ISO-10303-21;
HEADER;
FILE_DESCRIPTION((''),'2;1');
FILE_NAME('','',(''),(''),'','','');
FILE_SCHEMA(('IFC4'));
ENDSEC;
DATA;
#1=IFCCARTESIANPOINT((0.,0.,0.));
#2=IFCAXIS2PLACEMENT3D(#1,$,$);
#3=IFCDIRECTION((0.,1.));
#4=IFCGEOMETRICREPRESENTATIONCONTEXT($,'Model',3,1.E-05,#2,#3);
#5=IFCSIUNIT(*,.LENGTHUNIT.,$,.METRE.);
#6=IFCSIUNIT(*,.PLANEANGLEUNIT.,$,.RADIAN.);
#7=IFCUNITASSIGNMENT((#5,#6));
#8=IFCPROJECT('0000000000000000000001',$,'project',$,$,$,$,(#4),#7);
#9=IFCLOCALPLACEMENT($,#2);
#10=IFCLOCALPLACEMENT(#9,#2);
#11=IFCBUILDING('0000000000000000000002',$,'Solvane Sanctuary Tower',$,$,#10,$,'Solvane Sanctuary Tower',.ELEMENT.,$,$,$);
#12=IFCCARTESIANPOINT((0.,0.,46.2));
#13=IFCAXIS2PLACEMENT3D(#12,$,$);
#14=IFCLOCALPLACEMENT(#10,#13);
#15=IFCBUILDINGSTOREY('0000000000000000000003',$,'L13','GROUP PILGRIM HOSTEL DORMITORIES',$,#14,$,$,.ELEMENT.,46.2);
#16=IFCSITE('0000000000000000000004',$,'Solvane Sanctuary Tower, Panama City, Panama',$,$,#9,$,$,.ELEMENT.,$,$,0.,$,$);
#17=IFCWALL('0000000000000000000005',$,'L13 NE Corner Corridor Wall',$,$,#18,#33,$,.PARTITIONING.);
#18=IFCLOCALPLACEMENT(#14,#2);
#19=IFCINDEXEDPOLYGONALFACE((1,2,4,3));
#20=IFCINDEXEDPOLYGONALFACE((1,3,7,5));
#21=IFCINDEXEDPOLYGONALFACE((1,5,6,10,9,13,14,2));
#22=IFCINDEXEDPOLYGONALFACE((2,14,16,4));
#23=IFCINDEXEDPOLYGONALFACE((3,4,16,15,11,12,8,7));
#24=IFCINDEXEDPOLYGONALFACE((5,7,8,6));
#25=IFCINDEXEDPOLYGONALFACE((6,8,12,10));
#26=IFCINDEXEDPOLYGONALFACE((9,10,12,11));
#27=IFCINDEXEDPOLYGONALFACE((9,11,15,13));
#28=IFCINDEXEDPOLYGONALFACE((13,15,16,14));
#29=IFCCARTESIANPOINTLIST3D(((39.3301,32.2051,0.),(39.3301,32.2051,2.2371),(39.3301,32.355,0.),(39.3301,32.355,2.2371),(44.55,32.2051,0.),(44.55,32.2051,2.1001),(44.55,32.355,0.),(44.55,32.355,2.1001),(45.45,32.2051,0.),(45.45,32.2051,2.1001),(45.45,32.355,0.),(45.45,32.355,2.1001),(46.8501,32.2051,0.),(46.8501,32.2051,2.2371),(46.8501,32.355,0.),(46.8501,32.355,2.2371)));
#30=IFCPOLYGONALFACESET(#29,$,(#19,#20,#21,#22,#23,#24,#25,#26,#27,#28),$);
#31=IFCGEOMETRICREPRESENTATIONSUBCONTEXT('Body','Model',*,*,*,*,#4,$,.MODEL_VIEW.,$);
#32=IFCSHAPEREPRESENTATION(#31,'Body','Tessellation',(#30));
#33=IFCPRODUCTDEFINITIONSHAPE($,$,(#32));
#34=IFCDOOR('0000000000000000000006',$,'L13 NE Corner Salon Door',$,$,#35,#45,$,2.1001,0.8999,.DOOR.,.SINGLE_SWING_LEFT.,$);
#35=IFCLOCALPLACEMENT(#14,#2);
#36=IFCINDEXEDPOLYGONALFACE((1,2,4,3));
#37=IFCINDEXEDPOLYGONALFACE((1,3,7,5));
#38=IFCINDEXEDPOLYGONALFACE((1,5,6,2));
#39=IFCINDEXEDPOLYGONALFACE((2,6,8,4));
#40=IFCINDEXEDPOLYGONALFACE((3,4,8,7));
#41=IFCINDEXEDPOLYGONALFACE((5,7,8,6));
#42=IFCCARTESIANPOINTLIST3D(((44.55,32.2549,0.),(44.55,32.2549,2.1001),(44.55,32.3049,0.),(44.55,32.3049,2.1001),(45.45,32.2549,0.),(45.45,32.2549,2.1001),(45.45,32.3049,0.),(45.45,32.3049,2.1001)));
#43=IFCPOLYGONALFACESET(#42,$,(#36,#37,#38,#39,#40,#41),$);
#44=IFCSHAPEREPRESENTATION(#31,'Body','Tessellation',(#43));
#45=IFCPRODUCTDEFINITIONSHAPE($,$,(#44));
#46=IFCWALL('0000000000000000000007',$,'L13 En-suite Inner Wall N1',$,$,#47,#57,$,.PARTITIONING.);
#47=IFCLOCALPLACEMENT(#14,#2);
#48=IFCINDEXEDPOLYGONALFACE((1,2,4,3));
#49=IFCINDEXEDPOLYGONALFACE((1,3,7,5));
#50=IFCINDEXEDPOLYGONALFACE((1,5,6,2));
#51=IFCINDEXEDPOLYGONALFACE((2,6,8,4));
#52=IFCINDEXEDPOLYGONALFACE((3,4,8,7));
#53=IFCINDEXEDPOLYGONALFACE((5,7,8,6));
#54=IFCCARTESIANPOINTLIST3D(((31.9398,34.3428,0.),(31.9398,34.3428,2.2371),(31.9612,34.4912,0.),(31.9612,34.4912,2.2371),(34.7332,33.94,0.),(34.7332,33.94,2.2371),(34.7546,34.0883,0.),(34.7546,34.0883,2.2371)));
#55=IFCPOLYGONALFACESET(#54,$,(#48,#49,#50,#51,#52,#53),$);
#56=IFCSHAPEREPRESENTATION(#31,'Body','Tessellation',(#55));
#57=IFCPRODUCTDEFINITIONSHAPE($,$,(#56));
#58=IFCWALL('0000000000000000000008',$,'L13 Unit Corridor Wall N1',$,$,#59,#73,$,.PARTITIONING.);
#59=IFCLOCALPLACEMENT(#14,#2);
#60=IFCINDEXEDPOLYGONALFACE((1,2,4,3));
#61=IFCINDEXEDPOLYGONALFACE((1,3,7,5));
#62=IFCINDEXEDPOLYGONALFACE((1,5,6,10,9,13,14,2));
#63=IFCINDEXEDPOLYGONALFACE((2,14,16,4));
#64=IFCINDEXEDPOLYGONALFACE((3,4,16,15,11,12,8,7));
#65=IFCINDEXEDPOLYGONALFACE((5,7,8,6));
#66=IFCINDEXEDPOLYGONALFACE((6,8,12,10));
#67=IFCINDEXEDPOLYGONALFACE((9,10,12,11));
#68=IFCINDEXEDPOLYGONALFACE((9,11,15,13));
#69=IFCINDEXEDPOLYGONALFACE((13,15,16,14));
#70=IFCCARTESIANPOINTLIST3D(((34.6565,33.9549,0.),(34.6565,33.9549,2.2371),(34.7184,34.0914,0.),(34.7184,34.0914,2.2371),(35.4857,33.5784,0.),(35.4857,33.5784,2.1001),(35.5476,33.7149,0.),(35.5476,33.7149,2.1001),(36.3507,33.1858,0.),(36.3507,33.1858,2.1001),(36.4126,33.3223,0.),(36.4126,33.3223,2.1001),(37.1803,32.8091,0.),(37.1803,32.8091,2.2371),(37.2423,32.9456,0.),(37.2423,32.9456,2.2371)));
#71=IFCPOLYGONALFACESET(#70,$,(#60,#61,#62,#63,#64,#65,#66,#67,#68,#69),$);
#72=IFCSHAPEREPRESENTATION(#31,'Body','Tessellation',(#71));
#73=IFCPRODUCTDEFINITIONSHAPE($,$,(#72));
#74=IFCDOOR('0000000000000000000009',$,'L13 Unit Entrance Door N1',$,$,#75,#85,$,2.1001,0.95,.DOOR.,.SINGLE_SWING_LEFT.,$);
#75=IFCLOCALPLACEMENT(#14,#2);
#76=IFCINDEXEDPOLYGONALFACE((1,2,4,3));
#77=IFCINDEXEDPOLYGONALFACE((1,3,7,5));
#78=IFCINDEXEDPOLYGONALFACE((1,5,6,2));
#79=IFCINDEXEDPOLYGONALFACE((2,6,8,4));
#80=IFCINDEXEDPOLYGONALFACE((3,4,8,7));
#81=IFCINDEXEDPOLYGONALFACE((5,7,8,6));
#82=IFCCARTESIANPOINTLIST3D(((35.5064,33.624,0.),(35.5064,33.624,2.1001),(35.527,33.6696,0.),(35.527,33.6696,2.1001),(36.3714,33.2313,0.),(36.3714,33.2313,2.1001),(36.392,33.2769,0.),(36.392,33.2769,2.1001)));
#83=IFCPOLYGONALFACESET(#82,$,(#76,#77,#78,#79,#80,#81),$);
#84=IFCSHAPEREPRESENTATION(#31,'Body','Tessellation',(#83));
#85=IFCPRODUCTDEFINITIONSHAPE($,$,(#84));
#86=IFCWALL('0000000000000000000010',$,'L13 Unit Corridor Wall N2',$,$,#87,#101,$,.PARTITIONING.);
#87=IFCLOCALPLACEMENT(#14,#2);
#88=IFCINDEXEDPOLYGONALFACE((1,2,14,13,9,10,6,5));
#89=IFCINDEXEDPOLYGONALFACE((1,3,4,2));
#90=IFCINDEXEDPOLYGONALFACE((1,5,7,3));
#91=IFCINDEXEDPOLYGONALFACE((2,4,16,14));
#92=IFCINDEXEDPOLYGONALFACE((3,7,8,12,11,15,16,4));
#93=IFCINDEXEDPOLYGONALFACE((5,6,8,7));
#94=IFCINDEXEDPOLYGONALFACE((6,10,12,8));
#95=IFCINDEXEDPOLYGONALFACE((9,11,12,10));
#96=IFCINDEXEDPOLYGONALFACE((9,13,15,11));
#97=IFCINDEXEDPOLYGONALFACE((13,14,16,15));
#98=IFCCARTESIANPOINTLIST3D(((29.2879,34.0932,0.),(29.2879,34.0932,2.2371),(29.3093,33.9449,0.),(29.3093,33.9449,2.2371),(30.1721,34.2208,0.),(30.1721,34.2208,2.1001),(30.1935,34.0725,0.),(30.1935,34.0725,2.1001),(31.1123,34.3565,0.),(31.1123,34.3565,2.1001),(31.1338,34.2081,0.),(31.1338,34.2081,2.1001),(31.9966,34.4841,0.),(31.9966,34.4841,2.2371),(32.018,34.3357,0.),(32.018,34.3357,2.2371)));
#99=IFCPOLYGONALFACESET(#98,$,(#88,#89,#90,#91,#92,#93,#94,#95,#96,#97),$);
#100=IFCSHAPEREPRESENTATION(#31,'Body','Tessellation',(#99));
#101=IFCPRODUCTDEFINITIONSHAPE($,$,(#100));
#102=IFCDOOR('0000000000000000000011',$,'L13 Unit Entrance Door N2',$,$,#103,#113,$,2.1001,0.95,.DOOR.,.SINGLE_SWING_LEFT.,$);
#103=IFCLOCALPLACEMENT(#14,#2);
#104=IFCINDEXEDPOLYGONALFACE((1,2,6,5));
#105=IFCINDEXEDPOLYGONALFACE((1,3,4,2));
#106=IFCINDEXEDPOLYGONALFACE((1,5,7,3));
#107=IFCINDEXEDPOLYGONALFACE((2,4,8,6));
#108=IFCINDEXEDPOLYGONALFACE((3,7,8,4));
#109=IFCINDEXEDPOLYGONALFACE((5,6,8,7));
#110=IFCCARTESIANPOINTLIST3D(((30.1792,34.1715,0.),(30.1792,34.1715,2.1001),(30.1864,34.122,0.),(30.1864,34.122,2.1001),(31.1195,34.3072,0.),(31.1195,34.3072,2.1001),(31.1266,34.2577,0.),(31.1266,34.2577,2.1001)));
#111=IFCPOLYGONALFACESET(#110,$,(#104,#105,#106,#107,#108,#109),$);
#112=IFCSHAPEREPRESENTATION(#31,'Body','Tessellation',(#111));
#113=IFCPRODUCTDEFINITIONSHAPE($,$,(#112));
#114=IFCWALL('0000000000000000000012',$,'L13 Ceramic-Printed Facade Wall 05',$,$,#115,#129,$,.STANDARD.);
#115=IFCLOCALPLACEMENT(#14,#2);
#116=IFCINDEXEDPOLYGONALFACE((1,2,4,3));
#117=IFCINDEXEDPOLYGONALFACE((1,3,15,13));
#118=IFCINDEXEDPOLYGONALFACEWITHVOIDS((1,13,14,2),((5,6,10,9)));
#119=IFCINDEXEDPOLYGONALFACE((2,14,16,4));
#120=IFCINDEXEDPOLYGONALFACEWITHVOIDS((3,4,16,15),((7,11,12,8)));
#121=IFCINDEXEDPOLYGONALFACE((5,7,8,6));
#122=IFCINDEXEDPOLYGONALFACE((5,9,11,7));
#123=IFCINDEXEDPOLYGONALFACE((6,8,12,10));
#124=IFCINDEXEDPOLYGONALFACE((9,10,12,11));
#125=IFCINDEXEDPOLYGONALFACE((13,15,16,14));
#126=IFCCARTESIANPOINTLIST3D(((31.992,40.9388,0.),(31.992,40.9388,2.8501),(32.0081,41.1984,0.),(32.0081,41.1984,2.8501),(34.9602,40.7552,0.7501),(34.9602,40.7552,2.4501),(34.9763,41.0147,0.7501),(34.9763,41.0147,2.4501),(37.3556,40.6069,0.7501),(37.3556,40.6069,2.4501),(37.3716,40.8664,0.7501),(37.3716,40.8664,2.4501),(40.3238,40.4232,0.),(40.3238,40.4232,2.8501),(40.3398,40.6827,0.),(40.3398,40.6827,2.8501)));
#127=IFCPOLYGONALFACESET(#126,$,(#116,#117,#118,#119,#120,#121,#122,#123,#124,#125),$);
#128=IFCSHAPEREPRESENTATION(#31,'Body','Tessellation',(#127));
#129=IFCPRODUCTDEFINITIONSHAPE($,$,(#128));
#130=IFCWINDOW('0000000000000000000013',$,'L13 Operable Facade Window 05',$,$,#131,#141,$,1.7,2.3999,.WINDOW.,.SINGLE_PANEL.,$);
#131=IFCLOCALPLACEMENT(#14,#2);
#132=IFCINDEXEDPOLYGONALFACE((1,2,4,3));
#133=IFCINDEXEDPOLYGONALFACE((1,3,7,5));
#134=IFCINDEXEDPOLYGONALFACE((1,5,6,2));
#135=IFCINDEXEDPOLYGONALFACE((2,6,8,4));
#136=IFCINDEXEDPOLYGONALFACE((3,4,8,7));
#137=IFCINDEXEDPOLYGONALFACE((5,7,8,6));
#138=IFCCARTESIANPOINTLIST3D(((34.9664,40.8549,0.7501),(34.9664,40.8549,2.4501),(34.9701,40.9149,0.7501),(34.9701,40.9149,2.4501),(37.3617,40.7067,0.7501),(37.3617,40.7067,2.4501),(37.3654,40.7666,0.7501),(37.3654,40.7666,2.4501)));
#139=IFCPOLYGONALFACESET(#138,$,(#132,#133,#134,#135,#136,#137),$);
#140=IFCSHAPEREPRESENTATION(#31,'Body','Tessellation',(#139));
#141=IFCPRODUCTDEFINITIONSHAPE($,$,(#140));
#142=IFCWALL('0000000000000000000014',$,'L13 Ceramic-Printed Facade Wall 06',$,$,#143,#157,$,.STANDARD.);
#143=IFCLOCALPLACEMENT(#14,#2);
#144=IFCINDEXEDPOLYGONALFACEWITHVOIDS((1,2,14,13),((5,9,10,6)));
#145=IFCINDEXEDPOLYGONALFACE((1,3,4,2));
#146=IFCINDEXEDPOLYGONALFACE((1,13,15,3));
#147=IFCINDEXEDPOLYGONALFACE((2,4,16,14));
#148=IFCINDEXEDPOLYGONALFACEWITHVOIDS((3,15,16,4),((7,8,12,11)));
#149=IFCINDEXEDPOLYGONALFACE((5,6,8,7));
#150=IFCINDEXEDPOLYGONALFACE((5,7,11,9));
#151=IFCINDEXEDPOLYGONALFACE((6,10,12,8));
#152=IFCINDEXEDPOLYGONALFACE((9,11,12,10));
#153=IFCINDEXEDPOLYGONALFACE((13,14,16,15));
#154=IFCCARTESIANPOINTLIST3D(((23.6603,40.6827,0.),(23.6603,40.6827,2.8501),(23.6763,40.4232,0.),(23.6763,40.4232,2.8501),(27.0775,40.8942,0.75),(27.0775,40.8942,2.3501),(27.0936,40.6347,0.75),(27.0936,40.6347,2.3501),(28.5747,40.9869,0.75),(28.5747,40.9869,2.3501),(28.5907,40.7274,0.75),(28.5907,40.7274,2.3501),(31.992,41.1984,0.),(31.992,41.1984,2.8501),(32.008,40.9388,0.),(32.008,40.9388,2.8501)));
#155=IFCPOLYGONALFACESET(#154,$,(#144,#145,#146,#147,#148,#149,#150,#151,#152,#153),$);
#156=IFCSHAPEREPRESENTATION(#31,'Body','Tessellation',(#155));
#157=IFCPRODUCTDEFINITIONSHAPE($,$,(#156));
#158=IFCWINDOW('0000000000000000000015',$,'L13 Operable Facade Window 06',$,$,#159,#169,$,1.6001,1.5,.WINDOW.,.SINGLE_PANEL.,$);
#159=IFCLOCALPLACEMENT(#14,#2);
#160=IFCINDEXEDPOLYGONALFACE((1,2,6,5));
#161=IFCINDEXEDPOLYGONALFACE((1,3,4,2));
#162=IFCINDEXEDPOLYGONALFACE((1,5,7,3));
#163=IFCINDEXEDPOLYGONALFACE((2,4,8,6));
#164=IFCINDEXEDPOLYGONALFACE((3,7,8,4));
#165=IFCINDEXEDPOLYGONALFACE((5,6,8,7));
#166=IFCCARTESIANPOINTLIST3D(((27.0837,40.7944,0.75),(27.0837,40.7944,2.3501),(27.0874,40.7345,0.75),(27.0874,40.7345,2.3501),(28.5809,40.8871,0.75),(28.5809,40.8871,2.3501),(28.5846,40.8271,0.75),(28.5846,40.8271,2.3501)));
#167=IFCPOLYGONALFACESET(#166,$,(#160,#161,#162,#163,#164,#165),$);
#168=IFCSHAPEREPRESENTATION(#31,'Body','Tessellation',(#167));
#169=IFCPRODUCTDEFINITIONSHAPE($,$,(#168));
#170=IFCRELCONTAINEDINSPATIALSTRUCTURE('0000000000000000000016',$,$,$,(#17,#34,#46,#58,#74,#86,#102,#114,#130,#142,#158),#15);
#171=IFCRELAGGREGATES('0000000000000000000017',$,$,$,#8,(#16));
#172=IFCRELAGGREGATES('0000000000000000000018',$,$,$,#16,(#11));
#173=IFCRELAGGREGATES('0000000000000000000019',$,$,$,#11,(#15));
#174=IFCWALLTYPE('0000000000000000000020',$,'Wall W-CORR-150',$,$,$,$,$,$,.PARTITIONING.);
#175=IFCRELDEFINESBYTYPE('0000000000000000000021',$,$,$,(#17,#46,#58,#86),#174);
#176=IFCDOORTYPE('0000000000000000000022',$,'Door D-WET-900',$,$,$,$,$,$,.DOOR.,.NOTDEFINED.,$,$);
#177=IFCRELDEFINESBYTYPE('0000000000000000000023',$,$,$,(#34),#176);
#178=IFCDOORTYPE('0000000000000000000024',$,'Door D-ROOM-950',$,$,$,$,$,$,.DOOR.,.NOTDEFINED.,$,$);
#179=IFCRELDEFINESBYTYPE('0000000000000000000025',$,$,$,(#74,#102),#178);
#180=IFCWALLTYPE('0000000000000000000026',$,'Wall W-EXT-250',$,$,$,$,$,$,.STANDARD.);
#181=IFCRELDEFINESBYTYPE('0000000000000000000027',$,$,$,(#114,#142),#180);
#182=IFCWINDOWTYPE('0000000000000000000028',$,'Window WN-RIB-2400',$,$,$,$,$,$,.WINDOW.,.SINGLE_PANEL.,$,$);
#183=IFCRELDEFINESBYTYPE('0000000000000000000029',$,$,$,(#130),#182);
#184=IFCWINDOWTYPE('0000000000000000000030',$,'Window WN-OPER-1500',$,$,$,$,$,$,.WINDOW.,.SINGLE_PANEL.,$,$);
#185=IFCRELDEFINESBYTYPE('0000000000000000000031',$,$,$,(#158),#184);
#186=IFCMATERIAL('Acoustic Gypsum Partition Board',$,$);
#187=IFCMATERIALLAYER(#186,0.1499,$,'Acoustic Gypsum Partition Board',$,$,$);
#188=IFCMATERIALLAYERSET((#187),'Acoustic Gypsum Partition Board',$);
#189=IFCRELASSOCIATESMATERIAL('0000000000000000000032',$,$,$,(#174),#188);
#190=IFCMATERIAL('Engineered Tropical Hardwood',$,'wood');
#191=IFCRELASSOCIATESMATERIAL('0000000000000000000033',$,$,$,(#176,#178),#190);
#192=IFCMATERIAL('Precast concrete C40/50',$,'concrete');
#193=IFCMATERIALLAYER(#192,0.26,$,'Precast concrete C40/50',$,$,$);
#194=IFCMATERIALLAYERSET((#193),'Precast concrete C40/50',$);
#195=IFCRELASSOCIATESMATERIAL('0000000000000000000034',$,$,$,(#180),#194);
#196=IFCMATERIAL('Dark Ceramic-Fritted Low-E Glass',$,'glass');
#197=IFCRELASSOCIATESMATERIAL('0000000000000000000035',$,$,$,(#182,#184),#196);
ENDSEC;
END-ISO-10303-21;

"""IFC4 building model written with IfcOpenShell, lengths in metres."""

from ifc_helpers import new_model, si_unit, direction, frame, frame_2d, origin, place, context, subcontext, project, spatial, rectangle, extrude, material, layer, layer_set, type_object, element, fill, save


model = new_model("IFC4")

# Units and contexts
model_context = context("Model", 3, precision=1e-05, world=origin(), true_north=direction((0.0, 1.0)))
body_context = subcontext(model_context, "Body", "Model", "MODEL_VIEW")
ifc_project = project(units=[si_unit("LENGTHUNIT", "METRE"), si_unit("PLANEANGLEUNIT", "RADIAN")], contexts=[model_context])

# Site, building, storey
site_placement = place(None, origin())
site = spatial("IfcSite", under=ifc_project, at=site_placement, Name="Solvane Sanctuary Tower, Panama City, Panama", CompositionType="ELEMENT", RefElevation=0.0)
building_placement = place(site_placement, origin())
building = spatial("IfcBuilding", under=site, at=building_placement, Name="Solvane Sanctuary Tower", LongName="Solvane Sanctuary Tower", CompositionType="ELEMENT")
storey_placement = place(building_placement, frame((0.0, 0.0, 46.2)))
storey = spatial("IfcBuildingStorey", under=building, at=storey_placement, Name="L13", Description="GROUP PILGRIM HOSTEL DORMITORIES", CompositionType="ELEMENT", Elevation=46.2)

# Shared definitions
ifc_material_1 = material(Name="Acoustic Gypsum Partition Board")
ifc_layer_1 = layer(ifc_material_1, 0.1499, Name="Acoustic Gypsum Partition Board")
ifc_layer_set_1 = layer_set([ifc_layer_1], Name="Acoustic Gypsum Partition Board")
wall_type_1 = type_object("IfcWallType", Name="Wall W-CORR-150", PredefinedType="PARTITIONING", material=ifc_layer_set_1)

# Wall, opening, door
wall_1_placement = place(storey_placement, frame((39.3301, 32.28, 0.0), z_axis=(0.0, 0.0, 1.0), x_axis=(1.0, 0.0, 0.0)))
wall_1 = element("IfcWall", 1, at=wall_1_placement, inside=storey, type_object=wall_type_1, Name="L13 NE Corner Corridor Wall", PredefinedType="PARTITIONING", context=body_context, shape_type="SweptSolid", body=[
    extrude(rectangle(XDim=7.52, YDim=0.1499, at=frame_2d((3.76, 0.0))), origin(), (0.0, 0.0, 1.0), 2.2371),
])
opening_1_placement = place(wall_1_placement, frame((5.22, 0.0, 0.0)))
opening_1 = element("IfcOpeningElement", 2, at=opening_1_placement, cuts=wall_1, PredefinedType="OPENING", context=body_context, shape_type="SweptSolid", body=[
    extrude(rectangle(XDim=0.8999, YDim=2.1001, at=frame_2d((0.45, 1.05))), frame((0.0, 0.085, 0.0), z_axis=(0.0, -1.0, 0.0), x_axis=(1.0, 0.0, 0.0)), (0.0, 0.0, 1.0), 0.1699),
])
ifc_material_2 = material(Name="Engineered Tropical Hardwood", Category="wood")
door_type_1 = type_object("IfcDoorType", Name="Door D-WET-900", OperationType="NOTDEFINED", PredefinedType="DOOR", material=ifc_material_2)
door_1_placement = place(opening_1_placement, origin())
door_1 = element("IfcDoor", 3, at=door_1_placement, inside=storey, type_object=door_type_1, Name="L13 NE Corner Salon Door", OperationType="SINGLE_SWING_LEFT", OverallHeight=2.1001, OverallWidth=0.8999, PredefinedType="DOOR", context=body_context, shape_type="SweptSolid", body=[
    extrude(rectangle(XDim=0.8999, YDim=2.1001, at=frame_2d((0.45, 1.05))), frame((0.0, 0.0249, 0.0), z_axis=(0.0, -1.0, 0.0), x_axis=(1.0, 0.0, 0.0)), (0.0, 0.0, 1.0), 0.05),
])
fill(opening_1, door_1)

# Wall
wall_2_placement = place(storey_placement, frame((34.7439, 34.0142, 0.0), z_axis=(0.0, 0.0, 1.0), x_axis=(-0.989762, 0.142729, 0.0)))
element("IfcWall", 4, at=wall_2_placement, inside=storey, type_object=wall_type_1, Name="L13 En-suite Inner Wall N1", PredefinedType="PARTITIONING", context=body_context, shape_type="SweptSolid", body=[
    extrude(rectangle(XDim=2.8223, YDim=0.1499, at=frame_2d((1.4111, 0.0))), origin(), (0.0, 0.0, 1.0), 2.2371),
])

# Walls, openings, doors
wall_3_placement = place(storey_placement, frame((37.2112, 32.8774, 0.0), z_axis=(0.0, 0.0, 1.0), x_axis=(-0.910568, 0.413358, 0.0)))
wall_3 = element("IfcWall", 5, at=wall_3_placement, inside=storey, type_object=wall_type_1, Name="L13 Unit Corridor Wall N1", PredefinedType="PARTITIONING", context=body_context, shape_type="SweptSolid", body=[
    extrude(rectangle(XDim=2.7717, YDim=0.1499, at=frame_2d((1.3857, 0.0))), origin(), (0.0, 0.0, 1.0), 2.2371),
])
opening_2_placement = place(wall_3_placement, frame((0.9109, 0.0, 0.0)))
opening_2 = element("IfcOpeningElement", 6, at=opening_2_placement, cuts=wall_3, PredefinedType="OPENING", context=body_context, shape_type="SweptSolid", body=[
    extrude(rectangle(XDim=0.95, YDim=2.1001, at=frame_2d((0.4751, 1.05))), frame((0.0, 0.085, 0.0), z_axis=(0.0, -1.0, 0.0), x_axis=(1.0, 0.0, 0.0)), (0.0, 0.0, 1.0), 0.1699),
])
door_type_2 = type_object("IfcDoorType", Name="Door D-ROOM-950", OperationType="NOTDEFINED", PredefinedType="DOOR", material=ifc_material_2)
door_2_placement = place(opening_2_placement, origin())
door_2 = element("IfcDoor", 7, at=door_2_placement, inside=storey, type_object=door_type_2, Name="L13 Unit Entrance Door N1", OperationType="SINGLE_SWING_LEFT", OverallHeight=2.1001, OverallWidth=0.95, PredefinedType="DOOR", context=body_context, shape_type="SweptSolid", body=[
    extrude(rectangle(XDim=0.95, YDim=2.1001, at=frame_2d((0.4751, 1.05))), frame((0.0, 0.0249, 0.0), z_axis=(0.0, -1.0, 0.0), x_axis=(1.0, 0.0, 0.0)), (0.0, 0.0, 1.0), 0.05),
])
fill(opening_2, door_2)
wall_4_placement = place(storey_placement, frame((32.0073, 34.4099, 0.0), z_axis=(0.0, 0.0, 1.0), x_axis=(-0.989749, -0.14282, 0.0)))
wall_4 = element("IfcWall", 8, at=wall_4_placement, inside=storey, type_object=wall_type_1, Name="L13 Unit Corridor Wall N2", PredefinedType="PARTITIONING", context=body_context, shape_type="SweptSolid", body=[
    extrude(rectangle(XDim=2.7368, YDim=0.1499, at=frame_2d((1.3684, 0.0))), origin(), (0.0, 0.0, 1.0), 2.2371),
])
opening_3_placement = place(wall_4_placement, frame((0.8933, 0.0, 0.0)))
opening_3 = element("IfcOpeningElement", 9, at=opening_3_placement, cuts=wall_4, PredefinedType="OPENING", context=body_context, shape_type="SweptSolid", body=[
    extrude(rectangle(XDim=0.95, YDim=2.1001, at=frame_2d((0.4751, 1.05))), frame((0.0, 0.085, 0.0), z_axis=(0.0, -1.0, 0.0), x_axis=(1.0, 0.0, 0.0)), (0.0, 0.0, 1.0), 0.1699),
])
door_3_placement = place(opening_3_placement, origin())
door_3 = element("IfcDoor", 10, at=door_3_placement, inside=storey, type_object=door_type_2, Name="L13 Unit Entrance Door N2", OperationType="SINGLE_SWING_LEFT", OverallHeight=2.1001, OverallWidth=0.95, PredefinedType="DOOR", context=body_context, shape_type="SweptSolid", body=[
    extrude(rectangle(XDim=0.95, YDim=2.1001, at=frame_2d((0.4751, 1.05))), frame((0.0, 0.0249, 0.0), z_axis=(0.0, -1.0, 0.0), x_axis=(1.0, 0.0, 0.0)), (0.0, 0.0, 1.0), 0.05),
])
fill(opening_3, door_3)

# Walls, openings, windows
ifc_material_3 = material(Name="Precast concrete C40/50", Category="concrete")
ifc_layer_2 = layer(ifc_material_3, 0.26, Name="Precast concrete C40/50")
ifc_layer_set_2 = layer_set([ifc_layer_2], Name="Precast concrete C40/50")
wall_type_2 = type_object("IfcWallType", Name="Wall W-EXT-250", PredefinedType="STANDARD", material=ifc_layer_set_2)
wall_5_placement = place(storey_placement, frame((40.3318, 40.553, 0.0), z_axis=(0.0, 0.0, 1.0), x_axis=(-0.998091, 0.061768, 0.0)))
wall_5 = element("IfcWall", 11, at=wall_5_placement, inside=storey, type_object=wall_type_2, Name="L13 Ceramic-Printed Facade Wall 05", PredefinedType="STANDARD", context=body_context, shape_type="SweptSolid", body=[
    extrude(rectangle(XDim=8.3477, YDim=0.26, at=frame_2d((4.1738, 0.0))), origin(), (0.0, 0.0, 1.0), 2.8501),
])
opening_4_placement = place(wall_5_placement, frame((2.9739, 0.0, 0.75)))
opening_4 = element("IfcOpeningElement", 12, at=opening_4_placement, cuts=wall_5, PredefinedType="OPENING", context=body_context, shape_type="SweptSolid", body=[
    extrude(rectangle(XDim=2.3999, YDim=1.7, at=frame_2d((1.2, 0.8501))), frame((0.0, 0.1399, 0.0), z_axis=(0.0, -1.0, 0.0), x_axis=(1.0, 0.0, 0.0)), (0.0, 0.0, 1.0), 0.28),
])
ifc_material_4 = material(Name="Dark Ceramic-Fritted Low-E Glass", Category="glass")
window_type_1 = type_object("IfcWindowType", Name="Window WN-RIB-2400", PartitioningType="SINGLE_PANEL", PredefinedType="WINDOW", material=ifc_material_4)
window_1_placement = place(opening_4_placement, origin())
window_1 = element("IfcWindow", 13, at=window_1_placement, inside=storey, type_object=window_type_1, Name="L13 Operable Facade Window 05", OverallHeight=1.7, OverallWidth=2.3999, PartitioningType="SINGLE_PANEL", PredefinedType="WINDOW", context=body_context, shape_type="SweptSolid", body=[
    extrude(rectangle(XDim=2.3999, YDim=1.7, at=frame_2d((1.2, 0.8501))), frame((0.0, 0.03, 0.0), z_axis=(0.0, -1.0, 0.0), x_axis=(1.0, 0.0, 0.0)), (0.0, 0.0, 1.0), 0.0601),
])
fill(opening_4, window_1)
wall_6_placement = place(storey_placement, frame((32.0, 41.0686, 0.0), z_axis=(0.0, 0.0, 1.0), x_axis=(-0.998091, -0.061768, 0.0)))
wall_6 = element("IfcWall", 14, at=wall_6_placement, inside=storey, type_object=wall_type_2, Name="L13 Ceramic-Printed Facade Wall 06", PredefinedType="STANDARD", context=body_context, shape_type="SweptSolid", body=[
    extrude(rectangle(XDim=8.3477, YDim=0.26, at=frame_2d((4.1738, 0.0))), origin(), (0.0, 0.0, 1.0), 2.8501),
])
opening_5_placement = place(wall_6_placement, frame((3.4238, 0.0, 0.75)))
opening_5 = element("IfcOpeningElement", 15, at=opening_5_placement, cuts=wall_6, PredefinedType="OPENING", context=body_context, shape_type="SweptSolid", body=[
    extrude(rectangle(XDim=1.5, YDim=1.6001, at=frame_2d((0.75, 0.8))), frame((0.0, 0.1399, 0.0), z_axis=(0.0, -1.0, 0.0), x_axis=(1.0, 0.0, 0.0)), (0.0, 0.0, 1.0), 0.28),
])
window_type_2 = type_object("IfcWindowType", Name="Window WN-OPER-1500", PartitioningType="SINGLE_PANEL", PredefinedType="WINDOW", material=ifc_material_4)
window_2_placement = place(opening_5_placement, origin())
window_2 = element("IfcWindow", 16, at=window_2_placement, inside=storey, type_object=window_type_2, Name="L13 Operable Facade Window 06", OverallHeight=1.6001, OverallWidth=1.5, PartitioningType="SINGLE_PANEL", PredefinedType="WINDOW", context=body_context, shape_type="SweptSolid", body=[
    extrude(rectangle(XDim=1.5, YDim=1.6001, at=frame_2d((0.75, 0.8))), frame((0.0, 0.03, 0.0), z_axis=(0.0, -1.0, 0.0), x_axis=(1.0, 0.0, 0.0)), (0.0, 0.0, 1.0), 0.0601),
])
fill(opening_5, window_2)

save(model, "model.ifc")
